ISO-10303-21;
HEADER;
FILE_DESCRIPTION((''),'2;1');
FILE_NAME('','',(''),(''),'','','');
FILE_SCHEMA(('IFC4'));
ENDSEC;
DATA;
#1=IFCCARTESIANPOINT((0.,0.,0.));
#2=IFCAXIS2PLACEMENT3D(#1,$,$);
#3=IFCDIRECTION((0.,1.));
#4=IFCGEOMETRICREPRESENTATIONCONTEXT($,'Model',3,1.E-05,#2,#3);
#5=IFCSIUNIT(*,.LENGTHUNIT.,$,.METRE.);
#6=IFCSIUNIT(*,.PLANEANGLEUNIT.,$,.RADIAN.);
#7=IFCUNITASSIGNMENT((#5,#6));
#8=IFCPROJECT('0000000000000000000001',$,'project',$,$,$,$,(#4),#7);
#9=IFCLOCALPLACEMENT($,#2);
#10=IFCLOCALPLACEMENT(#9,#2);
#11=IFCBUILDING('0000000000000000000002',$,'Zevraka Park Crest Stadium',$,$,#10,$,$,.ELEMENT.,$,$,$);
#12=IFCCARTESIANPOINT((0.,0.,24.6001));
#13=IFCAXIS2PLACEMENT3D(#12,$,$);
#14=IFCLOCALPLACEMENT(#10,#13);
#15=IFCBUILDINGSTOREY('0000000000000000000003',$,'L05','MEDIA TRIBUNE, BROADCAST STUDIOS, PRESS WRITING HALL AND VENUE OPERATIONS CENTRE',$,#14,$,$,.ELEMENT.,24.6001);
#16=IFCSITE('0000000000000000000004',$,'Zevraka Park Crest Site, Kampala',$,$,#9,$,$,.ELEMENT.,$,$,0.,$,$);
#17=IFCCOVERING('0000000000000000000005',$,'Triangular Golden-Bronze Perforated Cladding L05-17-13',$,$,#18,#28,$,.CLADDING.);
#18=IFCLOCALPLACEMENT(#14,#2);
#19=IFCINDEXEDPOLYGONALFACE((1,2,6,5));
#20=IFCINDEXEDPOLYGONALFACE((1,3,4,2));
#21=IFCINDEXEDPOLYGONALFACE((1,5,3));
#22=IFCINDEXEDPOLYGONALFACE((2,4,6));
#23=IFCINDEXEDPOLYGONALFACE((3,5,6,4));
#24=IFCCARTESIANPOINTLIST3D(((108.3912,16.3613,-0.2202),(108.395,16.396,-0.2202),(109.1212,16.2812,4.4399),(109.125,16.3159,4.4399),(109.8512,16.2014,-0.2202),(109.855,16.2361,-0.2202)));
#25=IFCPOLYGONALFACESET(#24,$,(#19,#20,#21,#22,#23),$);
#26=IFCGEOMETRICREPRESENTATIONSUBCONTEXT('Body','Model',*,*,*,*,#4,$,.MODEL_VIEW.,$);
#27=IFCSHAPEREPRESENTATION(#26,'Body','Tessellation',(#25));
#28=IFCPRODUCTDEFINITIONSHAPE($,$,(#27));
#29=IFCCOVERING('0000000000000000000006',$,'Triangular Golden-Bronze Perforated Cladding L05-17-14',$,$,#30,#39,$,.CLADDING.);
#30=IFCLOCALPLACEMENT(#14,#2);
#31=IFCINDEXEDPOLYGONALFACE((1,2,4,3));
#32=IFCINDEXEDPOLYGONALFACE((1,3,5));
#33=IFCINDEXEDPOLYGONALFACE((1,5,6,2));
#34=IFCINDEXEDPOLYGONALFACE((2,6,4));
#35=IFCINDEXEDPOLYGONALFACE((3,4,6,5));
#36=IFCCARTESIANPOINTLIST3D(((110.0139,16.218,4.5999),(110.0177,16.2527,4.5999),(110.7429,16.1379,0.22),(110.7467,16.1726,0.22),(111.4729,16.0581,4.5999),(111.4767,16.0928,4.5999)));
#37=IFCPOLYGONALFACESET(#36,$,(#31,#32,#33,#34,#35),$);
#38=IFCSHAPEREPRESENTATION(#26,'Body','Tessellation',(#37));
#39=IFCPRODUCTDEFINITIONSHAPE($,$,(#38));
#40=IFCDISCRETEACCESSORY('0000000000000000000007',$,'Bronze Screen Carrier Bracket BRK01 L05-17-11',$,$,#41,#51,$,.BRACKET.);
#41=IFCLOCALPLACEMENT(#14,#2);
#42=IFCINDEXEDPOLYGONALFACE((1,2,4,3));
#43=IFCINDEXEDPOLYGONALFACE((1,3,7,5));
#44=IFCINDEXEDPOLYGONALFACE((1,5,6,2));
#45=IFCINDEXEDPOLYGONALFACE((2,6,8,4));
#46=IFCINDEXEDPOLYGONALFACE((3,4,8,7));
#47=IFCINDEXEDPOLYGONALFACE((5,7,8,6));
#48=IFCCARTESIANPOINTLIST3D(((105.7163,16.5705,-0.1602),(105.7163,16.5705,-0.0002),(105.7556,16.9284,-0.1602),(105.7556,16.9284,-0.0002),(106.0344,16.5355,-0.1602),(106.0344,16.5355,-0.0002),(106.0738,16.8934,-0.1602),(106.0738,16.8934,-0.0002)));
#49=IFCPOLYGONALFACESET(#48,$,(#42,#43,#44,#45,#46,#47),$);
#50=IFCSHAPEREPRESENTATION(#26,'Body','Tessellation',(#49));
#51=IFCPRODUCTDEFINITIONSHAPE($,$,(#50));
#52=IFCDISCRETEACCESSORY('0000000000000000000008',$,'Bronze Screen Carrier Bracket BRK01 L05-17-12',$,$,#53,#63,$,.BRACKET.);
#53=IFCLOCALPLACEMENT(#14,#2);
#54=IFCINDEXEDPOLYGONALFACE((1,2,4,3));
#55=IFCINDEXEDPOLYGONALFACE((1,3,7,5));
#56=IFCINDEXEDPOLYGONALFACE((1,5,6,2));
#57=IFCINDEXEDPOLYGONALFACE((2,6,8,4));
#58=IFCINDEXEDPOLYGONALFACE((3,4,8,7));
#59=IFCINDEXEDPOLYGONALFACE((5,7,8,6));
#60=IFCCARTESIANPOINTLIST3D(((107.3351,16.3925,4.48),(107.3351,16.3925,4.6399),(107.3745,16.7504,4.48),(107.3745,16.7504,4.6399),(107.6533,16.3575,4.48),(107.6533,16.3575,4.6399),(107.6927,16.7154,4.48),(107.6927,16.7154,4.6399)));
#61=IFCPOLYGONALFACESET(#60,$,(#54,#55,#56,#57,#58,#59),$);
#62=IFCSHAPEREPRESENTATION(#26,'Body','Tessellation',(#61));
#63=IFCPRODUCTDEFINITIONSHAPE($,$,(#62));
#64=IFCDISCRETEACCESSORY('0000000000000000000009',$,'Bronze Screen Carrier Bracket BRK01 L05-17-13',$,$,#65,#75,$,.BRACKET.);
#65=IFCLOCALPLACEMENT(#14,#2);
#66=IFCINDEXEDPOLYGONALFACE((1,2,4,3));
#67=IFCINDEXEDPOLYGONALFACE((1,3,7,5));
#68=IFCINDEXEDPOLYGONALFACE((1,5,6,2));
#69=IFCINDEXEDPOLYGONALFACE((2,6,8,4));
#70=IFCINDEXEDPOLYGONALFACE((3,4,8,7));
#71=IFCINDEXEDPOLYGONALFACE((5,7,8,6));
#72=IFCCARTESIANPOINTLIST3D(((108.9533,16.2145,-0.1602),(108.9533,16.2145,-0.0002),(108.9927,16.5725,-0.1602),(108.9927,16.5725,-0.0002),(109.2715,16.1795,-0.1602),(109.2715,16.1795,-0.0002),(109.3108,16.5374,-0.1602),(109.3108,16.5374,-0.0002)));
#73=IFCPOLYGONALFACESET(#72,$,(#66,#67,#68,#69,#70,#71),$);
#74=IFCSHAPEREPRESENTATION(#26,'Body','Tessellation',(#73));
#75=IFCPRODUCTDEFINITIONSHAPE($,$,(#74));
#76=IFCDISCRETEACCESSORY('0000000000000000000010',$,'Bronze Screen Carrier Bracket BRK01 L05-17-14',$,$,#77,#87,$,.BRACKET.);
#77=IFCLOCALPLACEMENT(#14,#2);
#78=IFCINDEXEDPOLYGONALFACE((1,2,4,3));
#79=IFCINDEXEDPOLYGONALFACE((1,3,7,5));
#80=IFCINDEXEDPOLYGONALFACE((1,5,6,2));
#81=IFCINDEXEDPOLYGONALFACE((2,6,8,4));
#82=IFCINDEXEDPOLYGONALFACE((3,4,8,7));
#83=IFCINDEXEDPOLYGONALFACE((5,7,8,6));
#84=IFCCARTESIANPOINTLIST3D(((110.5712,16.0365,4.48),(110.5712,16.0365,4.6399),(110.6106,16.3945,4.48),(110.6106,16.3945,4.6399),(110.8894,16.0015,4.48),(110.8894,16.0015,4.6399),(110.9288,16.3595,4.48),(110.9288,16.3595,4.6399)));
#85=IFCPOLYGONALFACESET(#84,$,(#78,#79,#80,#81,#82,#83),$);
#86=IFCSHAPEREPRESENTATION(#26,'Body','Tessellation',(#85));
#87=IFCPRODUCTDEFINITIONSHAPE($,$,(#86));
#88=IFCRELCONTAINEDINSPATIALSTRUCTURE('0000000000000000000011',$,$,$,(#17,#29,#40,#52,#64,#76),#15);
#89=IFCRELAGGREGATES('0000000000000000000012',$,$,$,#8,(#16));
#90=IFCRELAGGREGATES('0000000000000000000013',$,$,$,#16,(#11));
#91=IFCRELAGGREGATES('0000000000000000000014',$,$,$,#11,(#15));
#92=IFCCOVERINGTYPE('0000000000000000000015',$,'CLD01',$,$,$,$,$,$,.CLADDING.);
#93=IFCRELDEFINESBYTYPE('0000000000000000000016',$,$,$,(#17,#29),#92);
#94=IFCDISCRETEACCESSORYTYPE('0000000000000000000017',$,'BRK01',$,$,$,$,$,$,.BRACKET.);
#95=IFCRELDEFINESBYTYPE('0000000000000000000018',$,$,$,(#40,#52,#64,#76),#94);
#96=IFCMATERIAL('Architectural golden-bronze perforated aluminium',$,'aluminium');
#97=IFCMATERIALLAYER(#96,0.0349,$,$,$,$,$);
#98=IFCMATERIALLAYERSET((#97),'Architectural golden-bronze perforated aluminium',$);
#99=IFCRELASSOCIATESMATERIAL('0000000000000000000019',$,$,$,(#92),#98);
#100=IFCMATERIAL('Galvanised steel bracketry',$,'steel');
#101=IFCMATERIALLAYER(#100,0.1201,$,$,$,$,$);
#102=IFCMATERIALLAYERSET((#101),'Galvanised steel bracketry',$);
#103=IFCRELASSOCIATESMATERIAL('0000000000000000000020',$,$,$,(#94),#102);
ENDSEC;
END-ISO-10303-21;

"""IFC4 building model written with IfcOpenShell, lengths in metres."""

from ifc_helpers import new_model, si_unit, direction, frame, origin, origin_2d, place, context, subcontext, project, spatial, polyline, rectangle, outline, extrude, material, layer, layer_set, type_object, element, save


model = new_model("IFC4")

# Units and contexts
model_context = context("Model", 3, precision=1e-05, world=origin(), true_north=direction((0.0, 1.0)))
body_context = subcontext(model_context, "Body", "Model", "MODEL_VIEW")
ifc_project = project(units=[si_unit("LENGTHUNIT", "METRE"), si_unit("PLANEANGLEUNIT", "RADIAN")], contexts=[model_context])

# Site, building, storey
site_placement = place(None, origin())
site = spatial("IfcSite", under=ifc_project, at=site_placement, Name="Zevraka Park Crest Site, Kampala", CompositionType="ELEMENT", RefElevation=0.0)
building_placement = place(site_placement, origin())
building = spatial("IfcBuilding", under=site, at=building_placement, Name="Zevraka Park Crest Stadium", CompositionType="ELEMENT")
storey_placement = place(building_placement, frame((0.0, 0.0, 24.6001)))
storey = spatial("IfcBuildingStorey", under=building, at=storey_placement, Name="L05", Description="MEDIA TRIBUNE, BROADCAST STUDIOS, PRESS WRITING HALL AND VENUE OPERATIONS CENTRE", CompositionType="ELEMENT", Elevation=24.6001)

# Coverings
ifc_material_1 = material(Name="Architectural golden-bronze perforated aluminium", Category="aluminium")
ifc_layer_1 = layer(ifc_material_1, 0.0349)
ifc_layer_set_1 = layer_set([ifc_layer_1], Name="Architectural golden-bronze perforated aluminium")
covering_type = type_object("IfcCoveringType", Name="CLD01", PredefinedType="CLADDING", material=ifc_layer_set_1)
covering_1_placement = place(storey_placement, frame((108.395, 16.396, -0.2202), z_axis=(0.108881, 0.994055, 0.000026), x_axis=(0.994055, -0.108881, 0.0)))
element("IfcCovering", 1, at=covering_1_placement, inside=storey, type_object=covering_type, Name="Triangular Golden-Bronze Perforated Cladding L05-17-13", PredefinedType="CLADDING", context=body_context, shape_type="SweptSolid", body=[
    extrude(outline(polyline([(0.0, 0.0), (1.4687, 0.0), (0.7344, -4.6602), (0.0, 0.0)])), origin(), (0.0, 0.0, -1.0), 0.0349),
])
covering_2_placement = place(storey_placement, frame((111.4729, 16.0581, 4.5999), z_axis=(-0.108953, -0.994047, 0.00004), x_axis=(-0.994047, 0.108953, 0.0)))
element("IfcCovering", 2, at=covering_2_placement, inside=storey, type_object=covering_type, Name="Triangular Golden-Bronze Perforated Cladding L05-17-14", PredefinedType="CLADDING", context=body_context, shape_type="SweptSolid", body=[
    extrude(outline(polyline([(0.0, 0.0), (1.4677, 0.0), (0.7343, 4.3799), (0.0, 0.0)])), origin(), (0.0, 0.0, -1.0), 0.0349),
])

# Discrete accessories
ifc_material_2 = material(Name="Galvanised steel bracketry", Category="steel")
ifc_layer_2 = layer(ifc_material_2, 0.1201)
ifc_layer_set_2 = layer_set([ifc_layer_2], Name="Galvanised steel bracketry")
discrete_accessory_type = type_object("IfcDiscreteAccessoryType", Name="BRK01", PredefinedType="BRACKET", material=ifc_layer_set_2)
for number, where, z_axis, x_axis, name in (
    (3, (105.895, 16.7319, -0.1602), (0.0, 0.0, 1.0), (0.993999, -0.109387, 0.0), "Bronze Screen Carrier Bracket BRK01 L05-17-11"),
    (4, (107.5139, 16.554, 4.48), (0.0, 0.0, 1.0), (0.993999, -0.109387, 0.0), "Bronze Screen Carrier Bracket BRK01 L05-17-12"),
    (5, (109.1321, 16.376, -0.1602), (0.0, 0.0, 1.0), (0.993999, -0.109387, 0.0), "Bronze Screen Carrier Bracket BRK01 L05-17-13"),
    (6, (110.75, 16.198, 4.48), (0.0, 0.0, 1.0), (0.993999, -0.109387, 0.0), "Bronze Screen Carrier Bracket BRK01 L05-17-14"),
):
    element("IfcDiscreteAccessory", number, at=place(storey_placement, frame(where, z_axis=z_axis, x_axis=x_axis)), inside=storey, type_object=discrete_accessory_type, Name=name, PredefinedType="BRACKET", context=body_context, shape_type="SweptSolid", body=[
        extrude(rectangle(XDim=0.3201, YDim=0.3601, at=origin_2d()), origin(), (0.0, 0.0, 1.0), 0.1599),
    ])

save(model, "model.ifc")
